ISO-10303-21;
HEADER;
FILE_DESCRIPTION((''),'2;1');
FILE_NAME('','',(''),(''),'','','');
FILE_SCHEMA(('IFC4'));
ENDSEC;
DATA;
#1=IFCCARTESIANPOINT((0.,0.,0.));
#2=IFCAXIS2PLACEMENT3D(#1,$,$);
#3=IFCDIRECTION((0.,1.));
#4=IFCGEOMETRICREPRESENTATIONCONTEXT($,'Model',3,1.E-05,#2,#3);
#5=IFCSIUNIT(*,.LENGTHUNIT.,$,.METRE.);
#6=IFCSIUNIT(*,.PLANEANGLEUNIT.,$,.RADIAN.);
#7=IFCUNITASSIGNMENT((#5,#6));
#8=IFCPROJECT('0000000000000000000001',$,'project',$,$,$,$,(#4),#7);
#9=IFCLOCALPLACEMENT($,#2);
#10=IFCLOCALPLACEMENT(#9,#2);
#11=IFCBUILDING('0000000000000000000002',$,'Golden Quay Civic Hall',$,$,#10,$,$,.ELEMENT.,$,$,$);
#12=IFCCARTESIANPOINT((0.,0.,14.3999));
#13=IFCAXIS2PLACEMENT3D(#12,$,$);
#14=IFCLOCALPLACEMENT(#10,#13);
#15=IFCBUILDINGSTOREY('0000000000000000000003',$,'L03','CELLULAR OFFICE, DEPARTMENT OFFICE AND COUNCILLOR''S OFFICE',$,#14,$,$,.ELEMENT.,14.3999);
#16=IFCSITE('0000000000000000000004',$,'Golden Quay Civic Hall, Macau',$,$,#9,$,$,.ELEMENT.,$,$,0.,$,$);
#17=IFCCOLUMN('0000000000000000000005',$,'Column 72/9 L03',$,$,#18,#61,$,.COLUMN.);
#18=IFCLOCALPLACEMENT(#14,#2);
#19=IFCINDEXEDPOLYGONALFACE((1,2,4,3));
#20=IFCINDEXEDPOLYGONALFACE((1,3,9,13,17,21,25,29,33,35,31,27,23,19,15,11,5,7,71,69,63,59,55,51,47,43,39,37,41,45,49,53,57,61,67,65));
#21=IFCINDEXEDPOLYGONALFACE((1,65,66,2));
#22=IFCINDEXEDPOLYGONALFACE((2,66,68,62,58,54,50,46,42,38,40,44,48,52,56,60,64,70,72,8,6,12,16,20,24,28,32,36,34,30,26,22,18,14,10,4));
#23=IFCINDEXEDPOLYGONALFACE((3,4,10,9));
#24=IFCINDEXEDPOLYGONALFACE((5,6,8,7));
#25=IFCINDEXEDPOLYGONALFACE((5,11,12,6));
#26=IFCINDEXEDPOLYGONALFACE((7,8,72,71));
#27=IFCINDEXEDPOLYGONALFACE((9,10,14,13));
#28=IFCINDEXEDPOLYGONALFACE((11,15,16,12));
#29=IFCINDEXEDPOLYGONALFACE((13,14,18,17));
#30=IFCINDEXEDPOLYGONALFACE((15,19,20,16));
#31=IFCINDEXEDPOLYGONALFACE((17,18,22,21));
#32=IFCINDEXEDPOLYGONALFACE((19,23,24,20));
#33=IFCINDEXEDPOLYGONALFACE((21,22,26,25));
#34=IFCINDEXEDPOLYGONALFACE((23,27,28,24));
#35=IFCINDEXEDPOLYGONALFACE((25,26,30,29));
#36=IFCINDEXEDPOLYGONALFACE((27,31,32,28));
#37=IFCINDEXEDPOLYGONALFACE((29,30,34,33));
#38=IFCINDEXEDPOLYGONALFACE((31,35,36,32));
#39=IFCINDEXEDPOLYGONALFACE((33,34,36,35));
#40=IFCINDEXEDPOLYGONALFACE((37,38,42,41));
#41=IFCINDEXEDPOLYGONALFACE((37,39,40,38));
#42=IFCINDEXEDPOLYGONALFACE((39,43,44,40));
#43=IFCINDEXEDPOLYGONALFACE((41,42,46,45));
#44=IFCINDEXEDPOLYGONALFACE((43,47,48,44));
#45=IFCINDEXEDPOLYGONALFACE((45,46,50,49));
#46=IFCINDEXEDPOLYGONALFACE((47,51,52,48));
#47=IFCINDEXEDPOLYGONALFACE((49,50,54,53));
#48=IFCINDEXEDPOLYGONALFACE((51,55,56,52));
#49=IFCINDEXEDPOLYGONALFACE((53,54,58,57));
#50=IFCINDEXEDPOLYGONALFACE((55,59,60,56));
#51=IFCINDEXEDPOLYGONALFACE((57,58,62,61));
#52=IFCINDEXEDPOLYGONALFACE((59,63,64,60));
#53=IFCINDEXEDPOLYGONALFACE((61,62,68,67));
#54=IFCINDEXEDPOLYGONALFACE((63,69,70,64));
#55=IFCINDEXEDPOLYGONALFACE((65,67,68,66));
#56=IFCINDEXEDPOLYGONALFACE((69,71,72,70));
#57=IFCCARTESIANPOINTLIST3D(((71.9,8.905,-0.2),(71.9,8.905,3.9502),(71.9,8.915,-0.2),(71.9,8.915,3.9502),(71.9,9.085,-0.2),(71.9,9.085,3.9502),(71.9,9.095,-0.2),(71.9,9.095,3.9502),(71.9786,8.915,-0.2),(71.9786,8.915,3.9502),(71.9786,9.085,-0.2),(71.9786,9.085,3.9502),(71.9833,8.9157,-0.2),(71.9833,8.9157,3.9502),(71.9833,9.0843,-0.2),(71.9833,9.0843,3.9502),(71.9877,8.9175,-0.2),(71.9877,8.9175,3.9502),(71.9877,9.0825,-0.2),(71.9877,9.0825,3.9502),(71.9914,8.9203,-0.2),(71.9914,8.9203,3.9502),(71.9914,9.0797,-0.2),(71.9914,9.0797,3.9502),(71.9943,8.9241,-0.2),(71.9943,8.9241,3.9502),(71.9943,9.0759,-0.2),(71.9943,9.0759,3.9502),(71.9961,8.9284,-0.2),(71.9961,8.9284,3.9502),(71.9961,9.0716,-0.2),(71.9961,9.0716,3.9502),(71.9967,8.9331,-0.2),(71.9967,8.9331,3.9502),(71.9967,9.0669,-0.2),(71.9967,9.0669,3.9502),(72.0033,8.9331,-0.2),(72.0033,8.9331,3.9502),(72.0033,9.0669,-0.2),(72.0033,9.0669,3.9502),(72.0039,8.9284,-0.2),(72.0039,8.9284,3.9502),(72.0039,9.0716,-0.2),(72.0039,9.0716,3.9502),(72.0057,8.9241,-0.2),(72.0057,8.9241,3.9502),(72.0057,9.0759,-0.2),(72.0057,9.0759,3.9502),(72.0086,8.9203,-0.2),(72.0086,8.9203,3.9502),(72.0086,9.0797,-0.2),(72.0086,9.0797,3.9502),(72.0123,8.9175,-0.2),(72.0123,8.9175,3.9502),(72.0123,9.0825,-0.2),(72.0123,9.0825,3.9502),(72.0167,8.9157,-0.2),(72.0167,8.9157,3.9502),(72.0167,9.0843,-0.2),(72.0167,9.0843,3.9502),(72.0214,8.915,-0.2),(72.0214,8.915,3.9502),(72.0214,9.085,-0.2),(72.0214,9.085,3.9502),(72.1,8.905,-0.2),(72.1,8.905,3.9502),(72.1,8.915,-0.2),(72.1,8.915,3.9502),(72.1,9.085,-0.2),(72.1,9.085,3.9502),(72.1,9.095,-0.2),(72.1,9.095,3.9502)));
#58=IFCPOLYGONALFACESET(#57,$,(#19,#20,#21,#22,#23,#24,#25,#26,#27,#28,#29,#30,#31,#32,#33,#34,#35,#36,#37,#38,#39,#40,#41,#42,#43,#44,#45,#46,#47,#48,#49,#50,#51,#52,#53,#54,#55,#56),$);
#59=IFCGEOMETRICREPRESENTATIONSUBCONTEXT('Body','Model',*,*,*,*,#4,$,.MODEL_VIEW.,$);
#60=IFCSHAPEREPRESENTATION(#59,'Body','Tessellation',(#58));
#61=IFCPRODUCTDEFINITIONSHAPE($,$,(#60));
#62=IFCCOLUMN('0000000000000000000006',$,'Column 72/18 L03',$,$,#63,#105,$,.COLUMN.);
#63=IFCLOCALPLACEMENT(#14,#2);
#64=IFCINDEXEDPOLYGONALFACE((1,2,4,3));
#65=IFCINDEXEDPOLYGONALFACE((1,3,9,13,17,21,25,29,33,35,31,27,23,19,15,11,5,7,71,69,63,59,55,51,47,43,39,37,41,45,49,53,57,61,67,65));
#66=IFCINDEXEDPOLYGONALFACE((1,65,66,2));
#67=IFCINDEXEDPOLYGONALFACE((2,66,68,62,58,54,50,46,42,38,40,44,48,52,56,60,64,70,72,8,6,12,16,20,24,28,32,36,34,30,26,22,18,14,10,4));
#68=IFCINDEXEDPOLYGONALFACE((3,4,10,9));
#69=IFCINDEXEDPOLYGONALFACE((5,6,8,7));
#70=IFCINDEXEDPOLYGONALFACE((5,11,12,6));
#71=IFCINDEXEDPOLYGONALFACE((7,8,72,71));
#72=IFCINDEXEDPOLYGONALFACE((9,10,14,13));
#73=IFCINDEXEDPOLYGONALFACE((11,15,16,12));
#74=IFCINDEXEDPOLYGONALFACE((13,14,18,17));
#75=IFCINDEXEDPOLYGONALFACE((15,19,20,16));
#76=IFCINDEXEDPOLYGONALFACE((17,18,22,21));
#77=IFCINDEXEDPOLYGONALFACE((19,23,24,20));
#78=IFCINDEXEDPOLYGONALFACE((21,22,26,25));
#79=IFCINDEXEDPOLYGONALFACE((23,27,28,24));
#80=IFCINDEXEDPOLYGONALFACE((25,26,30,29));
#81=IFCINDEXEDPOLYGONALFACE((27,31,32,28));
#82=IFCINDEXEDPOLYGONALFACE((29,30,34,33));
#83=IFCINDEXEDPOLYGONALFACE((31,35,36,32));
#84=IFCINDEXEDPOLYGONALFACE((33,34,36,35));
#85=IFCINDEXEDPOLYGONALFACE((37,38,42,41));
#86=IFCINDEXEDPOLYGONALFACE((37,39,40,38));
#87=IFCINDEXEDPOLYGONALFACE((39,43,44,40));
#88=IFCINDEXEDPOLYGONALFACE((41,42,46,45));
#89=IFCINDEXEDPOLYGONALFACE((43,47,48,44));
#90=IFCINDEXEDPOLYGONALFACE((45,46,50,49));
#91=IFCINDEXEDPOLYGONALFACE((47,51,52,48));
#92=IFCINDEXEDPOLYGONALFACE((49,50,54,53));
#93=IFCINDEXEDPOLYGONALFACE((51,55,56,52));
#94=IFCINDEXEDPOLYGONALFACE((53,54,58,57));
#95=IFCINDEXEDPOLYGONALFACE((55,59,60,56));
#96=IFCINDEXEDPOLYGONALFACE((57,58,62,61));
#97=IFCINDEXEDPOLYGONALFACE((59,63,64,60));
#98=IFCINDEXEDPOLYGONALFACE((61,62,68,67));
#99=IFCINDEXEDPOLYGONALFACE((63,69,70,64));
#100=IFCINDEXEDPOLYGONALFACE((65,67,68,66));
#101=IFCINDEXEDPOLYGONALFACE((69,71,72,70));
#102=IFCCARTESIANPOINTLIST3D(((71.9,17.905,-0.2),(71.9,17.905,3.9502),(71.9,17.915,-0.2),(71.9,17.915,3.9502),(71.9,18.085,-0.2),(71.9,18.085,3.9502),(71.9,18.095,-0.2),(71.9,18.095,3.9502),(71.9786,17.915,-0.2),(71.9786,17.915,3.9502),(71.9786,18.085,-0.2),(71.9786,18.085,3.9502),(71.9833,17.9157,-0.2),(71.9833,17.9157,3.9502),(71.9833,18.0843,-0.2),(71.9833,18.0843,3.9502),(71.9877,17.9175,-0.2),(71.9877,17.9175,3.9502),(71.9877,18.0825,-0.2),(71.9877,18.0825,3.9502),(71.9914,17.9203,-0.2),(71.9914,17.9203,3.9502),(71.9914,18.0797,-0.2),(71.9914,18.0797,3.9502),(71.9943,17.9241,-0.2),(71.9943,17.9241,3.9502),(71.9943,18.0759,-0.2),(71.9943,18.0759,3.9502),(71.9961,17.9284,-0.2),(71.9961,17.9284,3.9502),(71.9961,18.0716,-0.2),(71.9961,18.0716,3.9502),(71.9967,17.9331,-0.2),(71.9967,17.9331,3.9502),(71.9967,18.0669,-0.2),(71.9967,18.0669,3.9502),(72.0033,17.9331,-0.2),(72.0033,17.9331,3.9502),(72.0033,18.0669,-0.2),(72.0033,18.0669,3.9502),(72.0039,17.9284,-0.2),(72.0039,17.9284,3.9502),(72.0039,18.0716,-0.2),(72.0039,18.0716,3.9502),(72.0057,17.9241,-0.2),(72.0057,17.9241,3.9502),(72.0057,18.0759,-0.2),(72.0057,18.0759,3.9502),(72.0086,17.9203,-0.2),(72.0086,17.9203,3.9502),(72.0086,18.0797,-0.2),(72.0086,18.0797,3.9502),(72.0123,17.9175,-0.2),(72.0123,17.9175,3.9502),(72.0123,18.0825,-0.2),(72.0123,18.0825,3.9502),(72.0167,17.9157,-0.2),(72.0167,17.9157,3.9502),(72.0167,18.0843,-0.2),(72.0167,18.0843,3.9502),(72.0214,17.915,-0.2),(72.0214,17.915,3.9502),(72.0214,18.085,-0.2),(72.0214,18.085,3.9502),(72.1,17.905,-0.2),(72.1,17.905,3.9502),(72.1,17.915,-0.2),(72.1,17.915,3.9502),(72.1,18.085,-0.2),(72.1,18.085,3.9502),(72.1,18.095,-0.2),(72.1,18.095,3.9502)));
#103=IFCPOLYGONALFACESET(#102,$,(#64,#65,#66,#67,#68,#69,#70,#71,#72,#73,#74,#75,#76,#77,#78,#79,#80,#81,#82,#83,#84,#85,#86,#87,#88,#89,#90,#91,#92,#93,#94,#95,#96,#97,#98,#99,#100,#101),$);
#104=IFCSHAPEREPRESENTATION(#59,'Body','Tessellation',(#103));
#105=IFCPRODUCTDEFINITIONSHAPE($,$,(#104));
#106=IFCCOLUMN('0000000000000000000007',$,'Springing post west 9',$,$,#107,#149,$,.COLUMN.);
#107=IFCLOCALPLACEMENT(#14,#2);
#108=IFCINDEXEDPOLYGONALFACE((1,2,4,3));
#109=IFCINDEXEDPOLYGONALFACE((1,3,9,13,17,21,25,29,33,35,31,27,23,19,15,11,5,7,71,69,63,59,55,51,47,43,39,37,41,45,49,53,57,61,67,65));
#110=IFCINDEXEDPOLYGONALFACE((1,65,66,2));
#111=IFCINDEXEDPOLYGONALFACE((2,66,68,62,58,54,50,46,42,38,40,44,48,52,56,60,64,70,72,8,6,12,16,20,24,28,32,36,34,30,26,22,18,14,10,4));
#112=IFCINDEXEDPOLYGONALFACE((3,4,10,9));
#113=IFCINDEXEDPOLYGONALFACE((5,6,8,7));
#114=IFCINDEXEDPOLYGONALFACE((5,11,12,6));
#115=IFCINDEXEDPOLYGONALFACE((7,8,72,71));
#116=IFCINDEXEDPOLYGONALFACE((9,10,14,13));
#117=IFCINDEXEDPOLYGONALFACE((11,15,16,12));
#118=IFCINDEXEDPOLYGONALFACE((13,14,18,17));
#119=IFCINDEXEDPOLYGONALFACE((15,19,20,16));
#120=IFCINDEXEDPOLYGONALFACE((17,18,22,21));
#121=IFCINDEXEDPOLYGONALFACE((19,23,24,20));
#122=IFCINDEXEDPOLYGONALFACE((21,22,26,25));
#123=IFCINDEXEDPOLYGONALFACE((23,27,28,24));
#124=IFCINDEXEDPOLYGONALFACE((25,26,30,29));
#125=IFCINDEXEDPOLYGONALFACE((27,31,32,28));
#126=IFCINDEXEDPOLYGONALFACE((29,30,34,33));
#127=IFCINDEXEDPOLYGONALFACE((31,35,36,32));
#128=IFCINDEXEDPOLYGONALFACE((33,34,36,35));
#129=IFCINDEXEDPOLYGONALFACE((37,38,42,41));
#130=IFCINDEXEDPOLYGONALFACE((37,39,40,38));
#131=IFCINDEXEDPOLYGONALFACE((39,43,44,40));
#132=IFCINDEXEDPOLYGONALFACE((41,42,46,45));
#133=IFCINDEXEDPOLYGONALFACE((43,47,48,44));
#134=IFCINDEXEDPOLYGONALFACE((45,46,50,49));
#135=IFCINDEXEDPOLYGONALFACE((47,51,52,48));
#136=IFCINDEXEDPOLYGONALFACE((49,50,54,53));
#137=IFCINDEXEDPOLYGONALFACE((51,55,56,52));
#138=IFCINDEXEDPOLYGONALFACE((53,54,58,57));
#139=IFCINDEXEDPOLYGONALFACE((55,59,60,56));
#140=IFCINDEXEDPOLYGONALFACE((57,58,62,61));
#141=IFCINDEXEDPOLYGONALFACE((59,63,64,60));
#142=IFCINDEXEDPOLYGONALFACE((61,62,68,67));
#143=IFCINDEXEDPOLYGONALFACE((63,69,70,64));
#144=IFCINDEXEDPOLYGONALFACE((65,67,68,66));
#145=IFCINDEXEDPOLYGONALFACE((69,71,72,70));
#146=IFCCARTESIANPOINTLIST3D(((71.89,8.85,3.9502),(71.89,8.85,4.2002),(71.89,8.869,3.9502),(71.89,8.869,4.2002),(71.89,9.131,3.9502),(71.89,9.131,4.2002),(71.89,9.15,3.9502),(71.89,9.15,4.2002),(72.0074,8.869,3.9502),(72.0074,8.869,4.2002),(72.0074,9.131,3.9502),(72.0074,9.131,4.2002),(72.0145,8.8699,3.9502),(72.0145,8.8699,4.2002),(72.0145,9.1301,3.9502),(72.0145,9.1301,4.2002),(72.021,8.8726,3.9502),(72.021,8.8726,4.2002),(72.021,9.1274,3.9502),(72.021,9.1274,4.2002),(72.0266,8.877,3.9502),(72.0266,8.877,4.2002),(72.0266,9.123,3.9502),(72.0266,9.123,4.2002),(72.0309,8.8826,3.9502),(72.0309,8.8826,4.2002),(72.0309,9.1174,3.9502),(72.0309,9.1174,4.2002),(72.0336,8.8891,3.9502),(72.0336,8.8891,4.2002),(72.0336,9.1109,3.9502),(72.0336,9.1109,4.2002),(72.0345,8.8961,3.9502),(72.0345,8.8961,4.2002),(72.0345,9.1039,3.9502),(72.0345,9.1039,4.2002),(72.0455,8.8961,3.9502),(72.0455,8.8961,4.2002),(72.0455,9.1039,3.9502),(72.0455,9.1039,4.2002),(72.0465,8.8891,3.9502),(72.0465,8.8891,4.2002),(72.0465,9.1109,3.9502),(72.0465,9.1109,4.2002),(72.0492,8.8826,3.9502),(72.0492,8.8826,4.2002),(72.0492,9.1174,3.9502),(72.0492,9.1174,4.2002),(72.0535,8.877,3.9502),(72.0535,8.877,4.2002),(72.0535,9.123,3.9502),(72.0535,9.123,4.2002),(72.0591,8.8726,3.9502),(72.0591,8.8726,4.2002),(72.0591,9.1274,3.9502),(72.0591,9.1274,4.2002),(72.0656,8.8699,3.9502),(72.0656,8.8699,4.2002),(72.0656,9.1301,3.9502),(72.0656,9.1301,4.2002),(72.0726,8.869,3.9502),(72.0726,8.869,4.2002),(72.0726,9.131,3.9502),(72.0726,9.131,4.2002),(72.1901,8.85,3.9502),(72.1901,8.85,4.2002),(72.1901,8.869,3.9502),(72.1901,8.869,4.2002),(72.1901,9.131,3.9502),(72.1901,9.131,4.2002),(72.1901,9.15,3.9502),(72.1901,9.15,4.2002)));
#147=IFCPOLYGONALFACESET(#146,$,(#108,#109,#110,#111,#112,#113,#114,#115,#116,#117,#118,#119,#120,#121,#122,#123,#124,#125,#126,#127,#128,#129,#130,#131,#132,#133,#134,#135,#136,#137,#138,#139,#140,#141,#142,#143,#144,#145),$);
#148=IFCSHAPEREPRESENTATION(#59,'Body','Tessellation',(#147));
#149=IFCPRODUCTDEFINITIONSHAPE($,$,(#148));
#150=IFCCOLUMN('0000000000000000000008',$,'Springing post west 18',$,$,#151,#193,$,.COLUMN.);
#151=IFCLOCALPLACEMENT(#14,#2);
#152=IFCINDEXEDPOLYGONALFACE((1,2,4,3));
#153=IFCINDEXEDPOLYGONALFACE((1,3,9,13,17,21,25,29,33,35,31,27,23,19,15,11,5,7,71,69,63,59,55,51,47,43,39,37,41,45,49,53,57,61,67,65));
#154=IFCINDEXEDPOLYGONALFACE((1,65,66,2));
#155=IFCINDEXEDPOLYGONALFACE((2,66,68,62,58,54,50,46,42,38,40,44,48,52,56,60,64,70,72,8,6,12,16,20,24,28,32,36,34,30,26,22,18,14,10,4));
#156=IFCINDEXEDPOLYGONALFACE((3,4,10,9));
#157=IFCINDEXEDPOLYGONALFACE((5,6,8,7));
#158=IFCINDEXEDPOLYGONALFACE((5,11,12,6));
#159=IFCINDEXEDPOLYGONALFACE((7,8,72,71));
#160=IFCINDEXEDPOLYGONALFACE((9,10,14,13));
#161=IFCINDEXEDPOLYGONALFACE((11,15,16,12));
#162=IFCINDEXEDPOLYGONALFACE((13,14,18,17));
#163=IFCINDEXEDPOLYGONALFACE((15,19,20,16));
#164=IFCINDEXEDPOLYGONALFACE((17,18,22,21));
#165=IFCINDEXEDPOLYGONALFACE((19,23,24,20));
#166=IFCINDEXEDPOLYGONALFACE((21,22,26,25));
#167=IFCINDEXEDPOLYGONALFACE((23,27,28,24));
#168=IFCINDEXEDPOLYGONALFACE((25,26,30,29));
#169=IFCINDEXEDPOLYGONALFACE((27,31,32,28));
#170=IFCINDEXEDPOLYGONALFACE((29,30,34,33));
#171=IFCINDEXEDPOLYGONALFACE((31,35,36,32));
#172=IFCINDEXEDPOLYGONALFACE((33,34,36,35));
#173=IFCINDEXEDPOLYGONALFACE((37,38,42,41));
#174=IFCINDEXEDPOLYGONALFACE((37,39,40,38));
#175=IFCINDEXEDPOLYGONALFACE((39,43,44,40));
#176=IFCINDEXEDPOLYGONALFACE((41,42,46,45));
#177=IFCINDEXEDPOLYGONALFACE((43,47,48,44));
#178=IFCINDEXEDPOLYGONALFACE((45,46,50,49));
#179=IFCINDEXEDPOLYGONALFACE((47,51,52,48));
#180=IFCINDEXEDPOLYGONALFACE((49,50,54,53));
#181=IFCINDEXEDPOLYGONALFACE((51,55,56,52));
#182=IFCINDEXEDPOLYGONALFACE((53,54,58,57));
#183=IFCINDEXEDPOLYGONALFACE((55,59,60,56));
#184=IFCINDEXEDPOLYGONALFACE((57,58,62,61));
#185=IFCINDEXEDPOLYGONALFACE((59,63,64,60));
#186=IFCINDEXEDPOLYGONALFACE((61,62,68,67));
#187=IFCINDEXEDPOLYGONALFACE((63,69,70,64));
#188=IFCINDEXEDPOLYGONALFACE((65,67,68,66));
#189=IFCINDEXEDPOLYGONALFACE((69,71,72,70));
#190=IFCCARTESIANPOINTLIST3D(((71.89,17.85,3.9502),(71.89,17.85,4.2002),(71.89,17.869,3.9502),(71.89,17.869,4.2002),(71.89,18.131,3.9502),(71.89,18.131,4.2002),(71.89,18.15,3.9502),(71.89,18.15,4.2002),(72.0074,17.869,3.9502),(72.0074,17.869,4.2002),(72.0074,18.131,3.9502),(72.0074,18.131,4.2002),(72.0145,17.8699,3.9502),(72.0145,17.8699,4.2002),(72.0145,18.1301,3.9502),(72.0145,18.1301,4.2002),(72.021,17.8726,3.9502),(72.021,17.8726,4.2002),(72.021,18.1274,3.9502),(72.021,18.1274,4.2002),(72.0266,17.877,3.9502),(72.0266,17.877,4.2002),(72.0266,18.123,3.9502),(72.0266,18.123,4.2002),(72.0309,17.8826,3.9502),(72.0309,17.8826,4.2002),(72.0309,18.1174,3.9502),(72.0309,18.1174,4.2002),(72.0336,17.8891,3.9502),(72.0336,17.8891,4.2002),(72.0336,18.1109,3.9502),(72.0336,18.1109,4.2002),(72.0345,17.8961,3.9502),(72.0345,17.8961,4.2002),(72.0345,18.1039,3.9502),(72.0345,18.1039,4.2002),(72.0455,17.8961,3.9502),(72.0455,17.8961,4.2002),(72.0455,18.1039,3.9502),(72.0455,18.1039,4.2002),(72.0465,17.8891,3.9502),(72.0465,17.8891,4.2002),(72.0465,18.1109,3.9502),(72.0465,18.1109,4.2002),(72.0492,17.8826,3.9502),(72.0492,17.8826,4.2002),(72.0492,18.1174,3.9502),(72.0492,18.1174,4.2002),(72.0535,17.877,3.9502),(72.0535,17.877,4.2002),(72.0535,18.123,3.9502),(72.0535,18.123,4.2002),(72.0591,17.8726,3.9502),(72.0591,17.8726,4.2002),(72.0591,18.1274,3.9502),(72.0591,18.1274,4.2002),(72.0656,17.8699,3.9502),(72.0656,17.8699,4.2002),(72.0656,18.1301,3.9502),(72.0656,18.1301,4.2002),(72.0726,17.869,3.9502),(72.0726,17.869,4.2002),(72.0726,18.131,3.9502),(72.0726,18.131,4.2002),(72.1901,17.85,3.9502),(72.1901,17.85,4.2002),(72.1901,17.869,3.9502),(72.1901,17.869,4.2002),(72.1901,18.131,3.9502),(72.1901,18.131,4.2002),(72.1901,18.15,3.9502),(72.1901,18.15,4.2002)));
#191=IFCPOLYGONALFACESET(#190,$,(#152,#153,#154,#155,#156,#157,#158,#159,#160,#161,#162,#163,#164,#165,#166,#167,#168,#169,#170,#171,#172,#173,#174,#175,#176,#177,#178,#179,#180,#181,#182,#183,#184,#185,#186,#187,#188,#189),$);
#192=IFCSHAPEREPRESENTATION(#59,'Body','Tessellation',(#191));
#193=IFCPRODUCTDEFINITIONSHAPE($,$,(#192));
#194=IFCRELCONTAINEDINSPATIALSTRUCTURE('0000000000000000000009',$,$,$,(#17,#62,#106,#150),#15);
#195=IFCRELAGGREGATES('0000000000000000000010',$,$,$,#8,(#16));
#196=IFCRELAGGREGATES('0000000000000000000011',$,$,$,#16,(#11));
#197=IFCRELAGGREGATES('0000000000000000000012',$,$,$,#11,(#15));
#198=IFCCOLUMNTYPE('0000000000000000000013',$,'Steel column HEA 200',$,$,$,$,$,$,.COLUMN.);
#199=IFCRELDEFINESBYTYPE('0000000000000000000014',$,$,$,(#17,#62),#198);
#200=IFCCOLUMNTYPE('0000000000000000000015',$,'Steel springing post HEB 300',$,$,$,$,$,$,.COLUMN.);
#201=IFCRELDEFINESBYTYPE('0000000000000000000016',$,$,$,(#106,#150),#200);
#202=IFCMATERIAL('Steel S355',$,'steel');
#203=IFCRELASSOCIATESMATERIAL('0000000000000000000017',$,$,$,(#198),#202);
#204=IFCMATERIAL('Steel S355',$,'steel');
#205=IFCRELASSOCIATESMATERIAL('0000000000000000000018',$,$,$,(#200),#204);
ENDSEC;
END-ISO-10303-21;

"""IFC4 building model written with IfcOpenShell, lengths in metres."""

from ifc_helpers import new_model, si_unit, direction, frame, origin, origin_2d, place, context, subcontext, project, spatial, i_section, extrude, material, material_profile, profile_set, type_object, element, save


model = new_model("IFC4")

# Units and contexts
model_context = context("Model", 3, precision=1e-05, world=origin(), true_north=direction((0.0, 1.0)))
body_context = subcontext(model_context, "Body", "Model", "MODEL_VIEW")
ifc_project = project(units=[si_unit("LENGTHUNIT", "METRE"), si_unit("PLANEANGLEUNIT", "RADIAN")], contexts=[model_context])

# Site, building, storey
site_placement = place(None, origin())
site = spatial("IfcSite", under=ifc_project, at=site_placement, Name="Golden Quay Civic Hall, Macau", CompositionType="ELEMENT", RefElevation=0.0)
building_placement = place(site_placement, origin())
building = spatial("IfcBuilding", under=site, at=building_placement, Name="Golden Quay Civic Hall", CompositionType="ELEMENT")
storey_placement = place(building_placement, frame((0.0, 0.0, 14.3999)))
storey = spatial("IfcBuildingStorey", under=building, at=storey_placement, Name="L03", Description="CELLULAR OFFICE, DEPARTMENT OFFICE AND COUNCILLOR'S OFFICE", CompositionType="ELEMENT", Elevation=14.3999)

# Columns
ifc_material_1 = material(Name="Steel S355", Category="steel")
ifc_material_profile_1 = material_profile(ifc_material_1, i_section(OverallWidth=0.2, OverallDepth=0.1899, WebThickness=0.0066, FlangeThickness=0.01, FilletRadius=0.0181, at=origin_2d()), Name="HEA 200")
ifc_profile_set_1 = profile_set([ifc_material_profile_1], Name="Steel S355")
column_type_1 = type_object("IfcColumnType", Name="Steel column HEA 200", PredefinedType="COLUMN", material=ifc_profile_set_1)
for number, where, z_axis, x_axis, name in (
    (1, (72.0, 9.0, -0.2), (0.0, 0.0, 1.0), (1.0, 0.0, 0.0), "Column 72/9 L03"),
    (2, (72.0, 18.0, -0.2), (0.0, 0.0, 1.0), (1.0, 0.0, 0.0), "Column 72/18 L03"),
):
    element("IfcColumn", number, at=place(storey_placement, frame(where, z_axis=z_axis, x_axis=x_axis)), inside=storey, type_object=column_type_1, Name=name, PredefinedType="COLUMN", context=body_context, shape_type="SweptSolid", body=[
        extrude(i_section(OverallWidth=0.2, OverallDepth=0.1899, WebThickness=0.0066, FlangeThickness=0.01, FilletRadius=0.0181, at=origin_2d()), origin(), (0.0, 0.0, 1.0), 4.1501),
    ])
ifc_material_2 = material(Name="Steel S355", Category="steel")
ifc_material_profile_2 = material_profile(ifc_material_2, i_section(OverallWidth=0.3, OverallDepth=0.3, WebThickness=0.011, FlangeThickness=0.019, FilletRadius=0.0271, at=origin_2d()), Name="HEB 300")
ifc_profile_set_2 = profile_set([ifc_material_profile_2], Name="Steel S355")
column_type_2 = type_object("IfcColumnType", Name="Steel springing post HEB 300", PredefinedType="COLUMN", material=ifc_profile_set_2)
for number, where, z_axis, x_axis, name in (
    (3, (72.04, 9.0, 3.9502), (0.0, 0.0, 1.0), (1.0, 0.0, 0.0), "Springing post west 9"),
    (4, (72.04, 18.0, 3.9502), (0.0, 0.0, 1.0), (1.0, 0.0, 0.0), "Springing post west 18"),
):
    element("IfcColumn", number, at=place(storey_placement, frame(where, z_axis=z_axis, x_axis=x_axis)), inside=storey, type_object=column_type_2, Name=name, PredefinedType="COLUMN", context=body_context, shape_type="SweptSolid", body=[
        extrude(i_section(OverallWidth=0.3, OverallDepth=0.3, WebThickness=0.011, FlangeThickness=0.019, FilletRadius=0.0271, at=origin_2d()), origin(), (0.0, 0.0, 1.0), 0.25),
    ])

save(model, "model.ifc")
